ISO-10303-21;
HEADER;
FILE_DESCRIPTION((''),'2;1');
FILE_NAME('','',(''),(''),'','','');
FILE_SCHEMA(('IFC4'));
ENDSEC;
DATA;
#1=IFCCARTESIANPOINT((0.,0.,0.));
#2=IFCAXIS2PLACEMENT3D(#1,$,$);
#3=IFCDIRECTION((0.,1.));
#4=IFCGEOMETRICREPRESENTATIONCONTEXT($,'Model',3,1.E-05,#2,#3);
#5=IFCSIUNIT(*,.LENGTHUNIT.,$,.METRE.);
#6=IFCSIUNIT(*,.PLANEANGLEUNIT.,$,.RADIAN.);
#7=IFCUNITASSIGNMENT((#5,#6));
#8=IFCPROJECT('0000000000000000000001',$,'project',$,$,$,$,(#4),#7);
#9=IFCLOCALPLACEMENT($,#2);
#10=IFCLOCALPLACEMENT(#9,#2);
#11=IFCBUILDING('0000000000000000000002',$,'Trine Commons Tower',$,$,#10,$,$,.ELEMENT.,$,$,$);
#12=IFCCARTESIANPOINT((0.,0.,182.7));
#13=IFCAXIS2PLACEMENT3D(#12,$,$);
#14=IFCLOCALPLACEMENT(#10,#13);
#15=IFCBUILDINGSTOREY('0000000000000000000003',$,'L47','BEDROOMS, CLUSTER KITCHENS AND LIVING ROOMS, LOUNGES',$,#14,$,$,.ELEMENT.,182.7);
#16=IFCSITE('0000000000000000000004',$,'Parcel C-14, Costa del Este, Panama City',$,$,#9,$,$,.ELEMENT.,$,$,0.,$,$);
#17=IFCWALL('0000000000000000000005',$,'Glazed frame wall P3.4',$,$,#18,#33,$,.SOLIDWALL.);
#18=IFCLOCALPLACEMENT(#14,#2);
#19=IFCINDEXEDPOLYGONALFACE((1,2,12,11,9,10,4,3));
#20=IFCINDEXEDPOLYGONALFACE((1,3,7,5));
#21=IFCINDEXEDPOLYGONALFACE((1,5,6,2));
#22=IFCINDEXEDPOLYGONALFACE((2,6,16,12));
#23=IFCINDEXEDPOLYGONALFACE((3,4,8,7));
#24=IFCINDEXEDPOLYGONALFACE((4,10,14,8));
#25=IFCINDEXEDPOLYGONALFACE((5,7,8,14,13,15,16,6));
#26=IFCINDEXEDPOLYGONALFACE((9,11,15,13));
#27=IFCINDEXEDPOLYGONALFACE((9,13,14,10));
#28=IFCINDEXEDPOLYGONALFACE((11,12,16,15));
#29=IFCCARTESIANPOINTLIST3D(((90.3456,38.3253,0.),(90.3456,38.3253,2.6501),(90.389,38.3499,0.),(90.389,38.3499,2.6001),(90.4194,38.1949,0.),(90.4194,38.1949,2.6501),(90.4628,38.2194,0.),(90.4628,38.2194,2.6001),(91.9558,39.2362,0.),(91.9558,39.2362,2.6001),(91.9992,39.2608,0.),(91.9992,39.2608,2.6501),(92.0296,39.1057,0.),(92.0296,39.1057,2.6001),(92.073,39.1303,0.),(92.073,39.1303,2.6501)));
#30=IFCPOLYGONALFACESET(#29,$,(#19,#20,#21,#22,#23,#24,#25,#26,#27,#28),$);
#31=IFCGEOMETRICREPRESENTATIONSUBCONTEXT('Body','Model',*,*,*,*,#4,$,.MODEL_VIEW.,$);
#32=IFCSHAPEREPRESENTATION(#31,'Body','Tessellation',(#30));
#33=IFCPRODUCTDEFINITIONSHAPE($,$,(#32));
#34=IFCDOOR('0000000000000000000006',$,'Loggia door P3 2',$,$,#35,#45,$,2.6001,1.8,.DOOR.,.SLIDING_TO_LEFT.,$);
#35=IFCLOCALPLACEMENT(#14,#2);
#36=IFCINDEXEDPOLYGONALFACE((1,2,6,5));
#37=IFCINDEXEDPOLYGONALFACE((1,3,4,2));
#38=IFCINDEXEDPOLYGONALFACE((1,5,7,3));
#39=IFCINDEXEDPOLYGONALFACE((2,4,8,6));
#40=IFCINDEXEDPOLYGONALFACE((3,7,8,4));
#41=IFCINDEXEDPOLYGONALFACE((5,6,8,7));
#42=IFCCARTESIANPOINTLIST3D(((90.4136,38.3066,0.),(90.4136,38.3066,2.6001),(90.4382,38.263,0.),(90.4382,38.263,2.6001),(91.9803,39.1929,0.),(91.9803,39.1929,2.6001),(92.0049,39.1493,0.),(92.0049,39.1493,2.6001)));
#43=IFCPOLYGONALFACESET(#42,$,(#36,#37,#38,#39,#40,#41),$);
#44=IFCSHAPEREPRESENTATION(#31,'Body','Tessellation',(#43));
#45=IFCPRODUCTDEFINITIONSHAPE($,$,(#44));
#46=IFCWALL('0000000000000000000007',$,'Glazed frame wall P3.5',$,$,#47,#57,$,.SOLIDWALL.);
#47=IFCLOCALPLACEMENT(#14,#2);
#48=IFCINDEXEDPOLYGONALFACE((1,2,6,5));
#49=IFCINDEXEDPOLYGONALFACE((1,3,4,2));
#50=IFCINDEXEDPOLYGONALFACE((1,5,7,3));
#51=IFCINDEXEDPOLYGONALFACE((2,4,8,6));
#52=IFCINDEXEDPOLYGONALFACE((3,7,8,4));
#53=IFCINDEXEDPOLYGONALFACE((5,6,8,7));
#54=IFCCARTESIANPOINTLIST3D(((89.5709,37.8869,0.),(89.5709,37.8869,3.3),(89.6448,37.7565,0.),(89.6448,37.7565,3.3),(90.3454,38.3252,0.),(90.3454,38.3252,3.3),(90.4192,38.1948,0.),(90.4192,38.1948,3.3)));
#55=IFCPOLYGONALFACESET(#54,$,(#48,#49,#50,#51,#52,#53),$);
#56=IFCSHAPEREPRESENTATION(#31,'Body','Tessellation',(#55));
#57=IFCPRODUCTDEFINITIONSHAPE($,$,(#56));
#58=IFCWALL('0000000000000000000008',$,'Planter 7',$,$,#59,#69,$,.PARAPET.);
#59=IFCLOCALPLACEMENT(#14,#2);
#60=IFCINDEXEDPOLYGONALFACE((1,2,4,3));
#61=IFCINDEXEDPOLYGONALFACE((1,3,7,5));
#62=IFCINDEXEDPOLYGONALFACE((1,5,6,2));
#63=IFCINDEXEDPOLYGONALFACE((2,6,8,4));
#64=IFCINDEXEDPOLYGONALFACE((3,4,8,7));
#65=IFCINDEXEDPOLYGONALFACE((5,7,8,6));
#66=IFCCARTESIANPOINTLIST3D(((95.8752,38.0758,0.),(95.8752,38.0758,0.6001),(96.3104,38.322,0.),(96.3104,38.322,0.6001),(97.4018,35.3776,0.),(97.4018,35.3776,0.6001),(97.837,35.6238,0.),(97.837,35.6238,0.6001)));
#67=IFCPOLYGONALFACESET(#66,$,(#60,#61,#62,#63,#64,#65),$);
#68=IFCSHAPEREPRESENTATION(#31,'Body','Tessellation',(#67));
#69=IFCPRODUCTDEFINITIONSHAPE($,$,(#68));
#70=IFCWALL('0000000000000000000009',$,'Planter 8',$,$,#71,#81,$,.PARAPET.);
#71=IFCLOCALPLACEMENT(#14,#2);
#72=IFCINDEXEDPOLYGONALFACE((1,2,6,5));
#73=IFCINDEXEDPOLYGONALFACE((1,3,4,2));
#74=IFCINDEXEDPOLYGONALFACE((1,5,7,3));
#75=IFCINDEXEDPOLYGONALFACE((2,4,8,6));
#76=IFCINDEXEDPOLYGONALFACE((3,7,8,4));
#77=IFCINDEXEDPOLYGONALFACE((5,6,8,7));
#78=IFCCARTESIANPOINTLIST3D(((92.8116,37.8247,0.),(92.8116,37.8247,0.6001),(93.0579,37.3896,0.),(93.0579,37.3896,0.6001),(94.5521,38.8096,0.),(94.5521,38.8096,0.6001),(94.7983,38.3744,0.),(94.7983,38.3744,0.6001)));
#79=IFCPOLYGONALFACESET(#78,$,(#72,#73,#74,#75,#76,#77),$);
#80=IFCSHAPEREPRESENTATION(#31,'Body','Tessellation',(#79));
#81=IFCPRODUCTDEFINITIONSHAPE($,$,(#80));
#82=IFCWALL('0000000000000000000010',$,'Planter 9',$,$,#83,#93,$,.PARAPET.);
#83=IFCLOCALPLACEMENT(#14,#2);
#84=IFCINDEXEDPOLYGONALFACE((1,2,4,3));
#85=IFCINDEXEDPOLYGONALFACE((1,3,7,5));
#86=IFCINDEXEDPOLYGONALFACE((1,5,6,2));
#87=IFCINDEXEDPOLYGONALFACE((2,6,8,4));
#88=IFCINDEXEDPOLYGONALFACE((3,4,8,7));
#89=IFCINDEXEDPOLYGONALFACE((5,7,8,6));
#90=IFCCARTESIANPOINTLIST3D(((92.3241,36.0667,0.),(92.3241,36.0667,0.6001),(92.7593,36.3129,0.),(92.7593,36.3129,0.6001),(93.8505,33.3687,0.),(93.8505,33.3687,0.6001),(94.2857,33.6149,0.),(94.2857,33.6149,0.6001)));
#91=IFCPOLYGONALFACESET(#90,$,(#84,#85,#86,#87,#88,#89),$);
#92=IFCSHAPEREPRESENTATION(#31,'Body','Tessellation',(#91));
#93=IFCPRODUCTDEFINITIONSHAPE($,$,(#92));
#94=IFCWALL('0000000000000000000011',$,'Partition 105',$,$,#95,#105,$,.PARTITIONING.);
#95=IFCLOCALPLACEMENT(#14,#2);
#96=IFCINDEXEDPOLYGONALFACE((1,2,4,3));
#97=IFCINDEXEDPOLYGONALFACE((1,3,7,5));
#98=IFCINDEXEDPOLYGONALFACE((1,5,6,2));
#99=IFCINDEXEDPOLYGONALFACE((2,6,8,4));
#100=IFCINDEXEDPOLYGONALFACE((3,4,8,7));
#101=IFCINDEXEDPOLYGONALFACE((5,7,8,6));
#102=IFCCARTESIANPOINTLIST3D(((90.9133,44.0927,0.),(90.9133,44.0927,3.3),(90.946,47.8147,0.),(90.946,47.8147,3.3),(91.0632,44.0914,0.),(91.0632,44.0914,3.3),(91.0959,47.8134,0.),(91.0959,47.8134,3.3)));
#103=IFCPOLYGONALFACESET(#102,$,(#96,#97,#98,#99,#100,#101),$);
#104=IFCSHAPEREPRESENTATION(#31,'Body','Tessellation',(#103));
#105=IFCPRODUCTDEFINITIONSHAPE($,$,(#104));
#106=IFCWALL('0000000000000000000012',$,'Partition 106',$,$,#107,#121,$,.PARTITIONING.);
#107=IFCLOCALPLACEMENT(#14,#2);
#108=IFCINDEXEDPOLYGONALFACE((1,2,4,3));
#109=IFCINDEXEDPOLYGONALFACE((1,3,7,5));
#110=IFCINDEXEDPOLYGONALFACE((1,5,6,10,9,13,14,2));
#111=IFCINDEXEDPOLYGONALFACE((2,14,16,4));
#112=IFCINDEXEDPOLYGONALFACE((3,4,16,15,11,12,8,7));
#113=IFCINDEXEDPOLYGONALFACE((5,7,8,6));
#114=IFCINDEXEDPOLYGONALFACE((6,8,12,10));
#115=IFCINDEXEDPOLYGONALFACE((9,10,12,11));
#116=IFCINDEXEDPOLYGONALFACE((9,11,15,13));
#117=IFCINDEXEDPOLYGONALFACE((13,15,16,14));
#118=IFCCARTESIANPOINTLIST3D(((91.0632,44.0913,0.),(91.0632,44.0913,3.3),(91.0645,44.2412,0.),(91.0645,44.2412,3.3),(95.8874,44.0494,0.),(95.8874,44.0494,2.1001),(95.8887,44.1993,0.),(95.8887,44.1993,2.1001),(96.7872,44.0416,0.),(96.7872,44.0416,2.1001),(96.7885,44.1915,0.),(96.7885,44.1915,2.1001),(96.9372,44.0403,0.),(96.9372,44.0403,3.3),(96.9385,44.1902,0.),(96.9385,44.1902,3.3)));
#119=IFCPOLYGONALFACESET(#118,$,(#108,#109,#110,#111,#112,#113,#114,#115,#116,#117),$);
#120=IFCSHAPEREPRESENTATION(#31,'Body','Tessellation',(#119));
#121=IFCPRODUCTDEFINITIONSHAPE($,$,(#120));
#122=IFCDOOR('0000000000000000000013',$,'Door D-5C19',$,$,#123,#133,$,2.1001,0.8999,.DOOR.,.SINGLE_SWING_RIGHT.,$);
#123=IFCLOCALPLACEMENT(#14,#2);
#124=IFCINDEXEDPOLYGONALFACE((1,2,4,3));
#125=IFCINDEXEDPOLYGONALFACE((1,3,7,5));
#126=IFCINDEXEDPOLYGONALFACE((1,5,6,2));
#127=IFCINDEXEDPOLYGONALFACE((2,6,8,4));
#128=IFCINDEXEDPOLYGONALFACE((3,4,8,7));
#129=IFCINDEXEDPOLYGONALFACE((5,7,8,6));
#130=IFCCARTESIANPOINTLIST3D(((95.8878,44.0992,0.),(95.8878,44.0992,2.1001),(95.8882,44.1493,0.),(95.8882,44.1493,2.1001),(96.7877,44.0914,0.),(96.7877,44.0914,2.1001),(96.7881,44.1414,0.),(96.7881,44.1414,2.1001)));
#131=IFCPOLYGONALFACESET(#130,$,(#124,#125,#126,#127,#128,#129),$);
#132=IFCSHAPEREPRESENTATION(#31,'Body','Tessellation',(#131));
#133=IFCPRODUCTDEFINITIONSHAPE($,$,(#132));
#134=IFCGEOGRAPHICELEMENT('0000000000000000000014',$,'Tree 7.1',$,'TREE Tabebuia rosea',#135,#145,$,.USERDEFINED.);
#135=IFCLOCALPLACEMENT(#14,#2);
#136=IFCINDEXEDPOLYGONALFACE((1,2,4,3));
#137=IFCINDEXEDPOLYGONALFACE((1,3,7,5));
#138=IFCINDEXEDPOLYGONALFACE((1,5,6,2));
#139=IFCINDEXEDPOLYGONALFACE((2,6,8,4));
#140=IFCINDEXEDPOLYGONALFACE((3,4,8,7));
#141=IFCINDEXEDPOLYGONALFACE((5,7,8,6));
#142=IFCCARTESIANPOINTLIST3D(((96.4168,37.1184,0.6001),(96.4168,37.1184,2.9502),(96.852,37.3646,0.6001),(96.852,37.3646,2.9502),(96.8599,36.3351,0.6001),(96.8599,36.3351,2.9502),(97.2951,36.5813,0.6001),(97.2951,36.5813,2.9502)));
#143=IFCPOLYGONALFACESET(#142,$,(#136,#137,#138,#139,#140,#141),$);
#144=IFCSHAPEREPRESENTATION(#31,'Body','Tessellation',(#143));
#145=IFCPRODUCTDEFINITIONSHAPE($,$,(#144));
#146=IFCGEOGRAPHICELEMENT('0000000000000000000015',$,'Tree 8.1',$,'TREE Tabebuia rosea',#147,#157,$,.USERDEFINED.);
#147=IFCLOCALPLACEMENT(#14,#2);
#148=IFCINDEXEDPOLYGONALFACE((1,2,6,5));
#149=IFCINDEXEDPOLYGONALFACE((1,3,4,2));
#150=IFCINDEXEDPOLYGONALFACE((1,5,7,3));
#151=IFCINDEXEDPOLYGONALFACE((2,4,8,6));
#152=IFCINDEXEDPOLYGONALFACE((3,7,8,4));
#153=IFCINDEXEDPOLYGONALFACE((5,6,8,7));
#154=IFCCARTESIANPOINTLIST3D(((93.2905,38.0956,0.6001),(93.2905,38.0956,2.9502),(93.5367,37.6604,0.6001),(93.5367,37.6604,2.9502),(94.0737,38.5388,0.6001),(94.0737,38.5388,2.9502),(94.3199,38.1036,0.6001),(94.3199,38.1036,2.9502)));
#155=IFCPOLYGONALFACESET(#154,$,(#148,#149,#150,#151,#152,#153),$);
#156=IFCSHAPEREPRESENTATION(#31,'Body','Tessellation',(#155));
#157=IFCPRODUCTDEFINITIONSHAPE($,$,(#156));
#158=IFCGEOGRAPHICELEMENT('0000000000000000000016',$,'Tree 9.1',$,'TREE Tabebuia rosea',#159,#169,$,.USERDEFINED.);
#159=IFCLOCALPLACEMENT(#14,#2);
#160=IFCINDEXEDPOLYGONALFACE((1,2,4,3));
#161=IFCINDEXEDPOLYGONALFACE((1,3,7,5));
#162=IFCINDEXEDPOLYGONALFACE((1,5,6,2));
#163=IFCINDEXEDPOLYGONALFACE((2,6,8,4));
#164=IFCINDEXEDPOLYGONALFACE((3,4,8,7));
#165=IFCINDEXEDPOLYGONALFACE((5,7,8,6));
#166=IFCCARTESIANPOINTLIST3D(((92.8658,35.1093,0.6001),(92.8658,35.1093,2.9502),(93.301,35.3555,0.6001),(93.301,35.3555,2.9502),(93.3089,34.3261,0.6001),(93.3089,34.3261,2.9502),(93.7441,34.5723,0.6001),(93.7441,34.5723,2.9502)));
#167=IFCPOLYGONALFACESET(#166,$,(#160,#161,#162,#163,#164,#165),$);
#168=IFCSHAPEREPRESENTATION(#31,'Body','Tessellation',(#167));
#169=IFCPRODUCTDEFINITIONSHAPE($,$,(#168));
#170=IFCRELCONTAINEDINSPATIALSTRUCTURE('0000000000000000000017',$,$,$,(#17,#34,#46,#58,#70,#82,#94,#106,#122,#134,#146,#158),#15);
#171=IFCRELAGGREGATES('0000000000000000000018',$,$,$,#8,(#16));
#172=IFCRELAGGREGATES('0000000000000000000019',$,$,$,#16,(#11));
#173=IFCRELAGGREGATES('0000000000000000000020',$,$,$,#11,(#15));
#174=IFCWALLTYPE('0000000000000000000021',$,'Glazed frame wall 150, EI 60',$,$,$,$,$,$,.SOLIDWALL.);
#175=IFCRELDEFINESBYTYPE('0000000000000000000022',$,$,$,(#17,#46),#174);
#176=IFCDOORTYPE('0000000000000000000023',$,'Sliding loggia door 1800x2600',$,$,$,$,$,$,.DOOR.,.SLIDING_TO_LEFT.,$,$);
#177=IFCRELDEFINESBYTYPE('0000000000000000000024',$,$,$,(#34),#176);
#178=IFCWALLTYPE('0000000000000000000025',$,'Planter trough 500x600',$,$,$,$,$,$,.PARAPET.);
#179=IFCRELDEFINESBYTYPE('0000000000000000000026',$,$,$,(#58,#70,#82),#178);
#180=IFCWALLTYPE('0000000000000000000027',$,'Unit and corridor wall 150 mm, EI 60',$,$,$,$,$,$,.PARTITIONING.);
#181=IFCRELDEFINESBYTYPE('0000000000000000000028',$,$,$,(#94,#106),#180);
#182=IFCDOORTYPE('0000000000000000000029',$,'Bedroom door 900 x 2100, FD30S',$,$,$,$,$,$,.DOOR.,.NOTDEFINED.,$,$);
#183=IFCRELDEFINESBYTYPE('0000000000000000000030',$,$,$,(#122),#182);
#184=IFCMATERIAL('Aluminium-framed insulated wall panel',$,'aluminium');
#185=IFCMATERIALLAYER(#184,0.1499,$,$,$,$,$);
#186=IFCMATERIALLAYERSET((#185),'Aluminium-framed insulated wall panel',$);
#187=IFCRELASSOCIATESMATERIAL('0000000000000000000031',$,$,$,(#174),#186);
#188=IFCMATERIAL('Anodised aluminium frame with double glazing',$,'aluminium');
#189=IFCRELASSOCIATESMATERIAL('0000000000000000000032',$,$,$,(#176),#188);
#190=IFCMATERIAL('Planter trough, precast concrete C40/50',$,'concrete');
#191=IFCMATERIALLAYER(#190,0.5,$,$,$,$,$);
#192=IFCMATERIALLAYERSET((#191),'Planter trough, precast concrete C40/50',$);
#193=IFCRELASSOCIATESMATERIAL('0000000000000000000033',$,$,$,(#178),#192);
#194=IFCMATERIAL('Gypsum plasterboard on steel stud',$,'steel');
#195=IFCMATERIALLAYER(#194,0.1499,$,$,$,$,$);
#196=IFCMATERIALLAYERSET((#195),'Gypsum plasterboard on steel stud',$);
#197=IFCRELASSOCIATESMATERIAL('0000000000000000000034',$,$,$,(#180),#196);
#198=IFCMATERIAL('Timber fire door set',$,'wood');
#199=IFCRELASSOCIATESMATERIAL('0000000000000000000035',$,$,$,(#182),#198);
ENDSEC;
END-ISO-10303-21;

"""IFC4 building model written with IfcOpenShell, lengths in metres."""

from ifc_helpers import new_model, si_unit, direction, frame, frame_2d, origin, origin_2d, place, context, subcontext, project, spatial, polyline, rectangle, outline, extrude, material, layer, layer_set, type_object, element, fill, save


model = new_model("IFC4")

# Units and contexts
model_context = context("Model", 3, precision=1e-05, world=origin(), true_north=direction((0.0, 1.0)))
body_context = subcontext(model_context, "Body", "Model", "MODEL_VIEW")
ifc_project = project(units=[si_unit("LENGTHUNIT", "METRE"), si_unit("PLANEANGLEUNIT", "RADIAN")], contexts=[model_context])

# Site, building, storey
site_placement = place(None, origin())
site = spatial("IfcSite", under=ifc_project, at=site_placement, Name="Parcel C-14, Costa del Este, Panama City", CompositionType="ELEMENT", RefElevation=0.0)
building_placement = place(site_placement, origin())
building = spatial("IfcBuilding", under=site, at=building_placement, Name="Trine Commons Tower", CompositionType="ELEMENT")
storey_placement = place(building_placement, frame((0.0, 0.0, 182.7)))
storey = spatial("IfcBuildingStorey", under=building, at=storey_placement, Name="L47", Description="BEDROOMS, CLUSTER KITCHENS AND LIVING ROOMS, LOUNGES", CompositionType="ELEMENT", Elevation=182.7)

# Shared definitions
ifc_material_1 = material(Name="Aluminium-framed insulated wall panel", Category="aluminium")
ifc_layer_1 = layer(ifc_material_1, 0.1499)
ifc_layer_set_1 = layer_set([ifc_layer_1], Name="Aluminium-framed insulated wall panel")
wall_type_1 = type_object("IfcWallType", Name="Glazed frame wall 150, EI 60", PredefinedType="SOLIDWALL", material=ifc_layer_set_1)

# Shared definitions
ifc_material_2 = material(Name="Anodised aluminium frame with double glazing", Category="aluminium")
door_type_1 = type_object("IfcDoorType", Name="Sliding loggia door 1800x2600", OperationType="SLIDING_TO_LEFT", PredefinedType="DOOR", material=ifc_material_2)

# Wall, opening, door
wall_1_placement = place(storey_placement, frame((92.0361, 39.1956, 0.0), z_axis=(0.0, 0.0, 1.0), x_axis=(-0.870386, -0.492371, 0.0)))
wall_1 = element("IfcWall", 1, at=wall_1_placement, inside=storey, type_object=wall_type_1, Name="Glazed frame wall P3.4", PredefinedType="SOLIDWALL", context=body_context, shape_type="SweptSolid", body=[
    extrude(outline(polyline([(0.0, -0.075), (1.8999, -0.075), (1.8999, 0.075), (0.0, 0.075), (0.0, -0.075)])), origin(), (0.0, 0.0, 1.0), 2.6501),
])
opening_1_placement = place(wall_1_placement, frame((0.05, 0.0, 0.0)))
opening_1 = element("IfcOpeningElement", 2, at=opening_1_placement, cuts=wall_1, PredefinedType="OPENING", context=body_context, shape_type="SweptSolid", body=[
    extrude(rectangle(XDim=1.8, YDim=2.6001, at=frame_2d((0.8999, 1.3))), frame((0.0, 0.085, 0.0), z_axis=(0.0, -1.0, 0.0), x_axis=(1.0, 0.0, 0.0)), (0.0, 0.0, 1.0), 0.1699),
])
door_1_placement = place(opening_1_placement, origin())
door_1 = element("IfcDoor", 3, at=door_1_placement, inside=storey, type_object=door_type_1, Name="Loggia door P3 2", OperationType="SLIDING_TO_LEFT", OverallHeight=2.6001, OverallWidth=1.8, PredefinedType="DOOR", context=body_context, shape_type="SweptSolid", body=[
    extrude(rectangle(XDim=1.8, YDim=2.6001, at=frame_2d((0.8999, 1.3))), frame((0.0, 0.0249, 0.0), z_axis=(0.0, -1.0, 0.0), x_axis=(1.0, 0.0, 0.0)), (0.0, 0.0, 1.0), 0.05),
])
fill(opening_1, door_1)

# Walls
wall_2_placement = place(storey_placement, frame((90.3823, 38.26, 0.0), z_axis=(0.0, 0.0, 1.0), x_axis=(-0.870294, -0.492532, 0.0)))
element("IfcWall", 4, at=wall_2_placement, inside=storey, type_object=wall_type_1, Name="Glazed frame wall P3.5", PredefinedType="SOLIDWALL", context=body_context, shape_type="SweptSolid", body=[
    extrude(outline(polyline([(0.8899, 0.075), (0.0, 0.075), (0.0, -0.075), (0.8899, -0.075), (0.8899, 0.075)])), origin(), (0.0, 0.0, 1.0), 3.3),
])
ifc_material_3 = material(Name="Planter trough, precast concrete C40/50", Category="concrete")
ifc_layer_2 = layer(ifc_material_3, 0.5)
ifc_layer_set_2 = layer_set([ifc_layer_2], Name="Planter trough, precast concrete C40/50")
wall_type_2 = type_object("IfcWallType", Name="Planter trough 500x600", PredefinedType="PARAPET", material=ifc_layer_set_2)
wall_3_placement = place(storey_placement, frame((97.6194, 35.5007, 0.0), z_axis=(0.0, 0.0, 1.0), x_axis=(-0.492428, 0.870353, 0.0)))
element("IfcWall", 5, at=wall_3_placement, inside=storey, type_object=wall_type_2, Name="Planter 7", PredefinedType="PARAPET", context=body_context, shape_type="SweptSolid", body=[
    extrude(rectangle(XDim=3.1001, YDim=0.5, at=frame_2d((1.55, 0.0))), origin(), (0.0, 0.0, 1.0), 0.6001),
])
wall_4_placement = place(storey_placement, frame((94.6753, 38.592, 0.0), z_axis=(0.0, 0.0, 1.0), x_axis=(-0.870324, -0.49248, 0.0)))
element("IfcWall", 6, at=wall_4_placement, inside=storey, type_object=wall_type_2, Name="Planter 8", PredefinedType="PARAPET", context=body_context, shape_type="SweptSolid", body=[
    extrude(rectangle(XDim=1.9998, YDim=0.5, at=frame_2d((1.0, 0.0))), origin(), (0.0, 0.0, 1.0), 0.6001),
])
wall_5_placement = place(storey_placement, frame((92.5417, 36.1897, 0.0), z_axis=(0.0, 0.0, 1.0), x_axis=(0.492402, -0.870368, 0.0)))
element("IfcWall", 7, at=wall_5_placement, inside=storey, type_object=wall_type_2, Name="Planter 9", PredefinedType="PARAPET", context=body_context, shape_type="SweptSolid", body=[
    extrude(rectangle(XDim=3.0999, YDim=0.5, at=frame_2d((1.5498, 0.0))), origin(), (0.0, 0.0, 1.0), 0.6001),
])
ifc_material_4 = material(Name="Gypsum plasterboard on steel stud", Category="steel")
ifc_layer_3 = layer(ifc_material_4, 0.1499)
ifc_layer_set_3 = layer_set([ifc_layer_3], Name="Gypsum plasterboard on steel stud")
wall_type_3 = type_object("IfcWallType", Name="Unit and corridor wall 150 mm, EI 60", PredefinedType="PARTITIONING", material=ifc_layer_set_3)
wall_6_placement = place(storey_placement, frame((90.9883, 44.092, 0.0), z_axis=(0.0, 0.0, 1.0), x_axis=(0.008789, 0.999961, 0.0)))
element("IfcWall", 8, at=wall_6_placement, inside=storey, type_object=wall_type_3, Name="Partition 105", PredefinedType="PARTITIONING", context=body_context, shape_type="SweptSolid", body=[
    extrude(rectangle(XDim=3.7222, YDim=0.1499, at=frame_2d((1.8611, 0.0))), origin(), (0.0, 0.0, 1.0), 3.3),
])

# Wall, opening, door
wall_7_placement = place(storey_placement, frame((91.064, 44.1663, 0.0), z_axis=(0.0, 0.0, 1.0), x_axis=(0.999962, -0.008686, 0.0)))
wall_7 = element("IfcWall", 9, at=wall_7_placement, inside=storey, type_object=wall_type_3, Name="Partition 106", PredefinedType="PARTITIONING", context=body_context, shape_type="SweptSolid", body=[
    extrude(rectangle(XDim=5.8743, YDim=0.1499, at=frame_2d((2.937, 0.0))), origin(), (0.0, 0.0, 1.0), 3.3),
])
opening_2_placement = place(wall_7_placement, frame((4.8242, 0.0, 0.0)))
opening_2 = element("IfcOpeningElement", 10, at=opening_2_placement, cuts=wall_7, PredefinedType="OPENING", context=body_context, shape_type="SweptSolid", body=[
    extrude(rectangle(XDim=0.8999, YDim=2.1001, at=frame_2d((0.45, 1.05))), frame((0.0, 0.085, 0.0), z_axis=(0.0, -1.0, 0.0), x_axis=(1.0, 0.0, 0.0)), (0.0, 0.0, 1.0), 0.1699),
])
ifc_material_5 = material(Name="Timber fire door set", Category="wood")
door_type_2 = type_object("IfcDoorType", Name="Bedroom door 900 x 2100, FD30S", OperationType="NOTDEFINED", PredefinedType="DOOR", material=ifc_material_5)
door_2_placement = place(opening_2_placement, origin())
door_2 = element("IfcDoor", 11, at=door_2_placement, inside=storey, type_object=door_type_2, Name="Door D-5C19", OperationType="SINGLE_SWING_RIGHT", OverallHeight=2.1001, OverallWidth=0.8999, PredefinedType="DOOR", context=body_context, shape_type="SweptSolid", body=[
    extrude(rectangle(XDim=0.8999, YDim=2.1001, at=frame_2d((0.45, 1.05))), frame((0.0, 0.0249, 0.0), z_axis=(0.0, -1.0, 0.0), x_axis=(1.0, 0.0, 0.0)), (0.0, 0.0, 1.0), 0.05),
])
fill(opening_2, door_2)

# Geographic elements
for number, where, z_axis, x_axis, name in (
    (12, (96.856, 36.8499, 0.6001), (0.0, 0.0, 1.0), (-0.492421, 0.870357, 0.0), "Tree 7.1"),
    (13, (93.8052, 38.0996, 0.6001), (0.0, 0.0, 1.0), (-0.870333, -0.492463, 0.0), "Tree 8.1"),
    (14, (93.3049, 34.8408, 0.6001), (0.0, 0.0, 1.0), (0.492421, -0.870357, 0.0), "Tree 9.1"),
):
    element("IfcGeographicElement", number, at=place(storey_placement, frame(where, z_axis=z_axis, x_axis=x_axis)), inside=storey, Name=name, ObjectType="TREE Tabebuia rosea", PredefinedType="USERDEFINED", context=body_context, shape_type="SweptSolid", body=[
        extrude(rectangle(XDim=0.8999, YDim=0.5, at=origin_2d()), origin(), (0.0, 0.0, 1.0), 2.3501),
    ])

save(model, "model.ifc")
